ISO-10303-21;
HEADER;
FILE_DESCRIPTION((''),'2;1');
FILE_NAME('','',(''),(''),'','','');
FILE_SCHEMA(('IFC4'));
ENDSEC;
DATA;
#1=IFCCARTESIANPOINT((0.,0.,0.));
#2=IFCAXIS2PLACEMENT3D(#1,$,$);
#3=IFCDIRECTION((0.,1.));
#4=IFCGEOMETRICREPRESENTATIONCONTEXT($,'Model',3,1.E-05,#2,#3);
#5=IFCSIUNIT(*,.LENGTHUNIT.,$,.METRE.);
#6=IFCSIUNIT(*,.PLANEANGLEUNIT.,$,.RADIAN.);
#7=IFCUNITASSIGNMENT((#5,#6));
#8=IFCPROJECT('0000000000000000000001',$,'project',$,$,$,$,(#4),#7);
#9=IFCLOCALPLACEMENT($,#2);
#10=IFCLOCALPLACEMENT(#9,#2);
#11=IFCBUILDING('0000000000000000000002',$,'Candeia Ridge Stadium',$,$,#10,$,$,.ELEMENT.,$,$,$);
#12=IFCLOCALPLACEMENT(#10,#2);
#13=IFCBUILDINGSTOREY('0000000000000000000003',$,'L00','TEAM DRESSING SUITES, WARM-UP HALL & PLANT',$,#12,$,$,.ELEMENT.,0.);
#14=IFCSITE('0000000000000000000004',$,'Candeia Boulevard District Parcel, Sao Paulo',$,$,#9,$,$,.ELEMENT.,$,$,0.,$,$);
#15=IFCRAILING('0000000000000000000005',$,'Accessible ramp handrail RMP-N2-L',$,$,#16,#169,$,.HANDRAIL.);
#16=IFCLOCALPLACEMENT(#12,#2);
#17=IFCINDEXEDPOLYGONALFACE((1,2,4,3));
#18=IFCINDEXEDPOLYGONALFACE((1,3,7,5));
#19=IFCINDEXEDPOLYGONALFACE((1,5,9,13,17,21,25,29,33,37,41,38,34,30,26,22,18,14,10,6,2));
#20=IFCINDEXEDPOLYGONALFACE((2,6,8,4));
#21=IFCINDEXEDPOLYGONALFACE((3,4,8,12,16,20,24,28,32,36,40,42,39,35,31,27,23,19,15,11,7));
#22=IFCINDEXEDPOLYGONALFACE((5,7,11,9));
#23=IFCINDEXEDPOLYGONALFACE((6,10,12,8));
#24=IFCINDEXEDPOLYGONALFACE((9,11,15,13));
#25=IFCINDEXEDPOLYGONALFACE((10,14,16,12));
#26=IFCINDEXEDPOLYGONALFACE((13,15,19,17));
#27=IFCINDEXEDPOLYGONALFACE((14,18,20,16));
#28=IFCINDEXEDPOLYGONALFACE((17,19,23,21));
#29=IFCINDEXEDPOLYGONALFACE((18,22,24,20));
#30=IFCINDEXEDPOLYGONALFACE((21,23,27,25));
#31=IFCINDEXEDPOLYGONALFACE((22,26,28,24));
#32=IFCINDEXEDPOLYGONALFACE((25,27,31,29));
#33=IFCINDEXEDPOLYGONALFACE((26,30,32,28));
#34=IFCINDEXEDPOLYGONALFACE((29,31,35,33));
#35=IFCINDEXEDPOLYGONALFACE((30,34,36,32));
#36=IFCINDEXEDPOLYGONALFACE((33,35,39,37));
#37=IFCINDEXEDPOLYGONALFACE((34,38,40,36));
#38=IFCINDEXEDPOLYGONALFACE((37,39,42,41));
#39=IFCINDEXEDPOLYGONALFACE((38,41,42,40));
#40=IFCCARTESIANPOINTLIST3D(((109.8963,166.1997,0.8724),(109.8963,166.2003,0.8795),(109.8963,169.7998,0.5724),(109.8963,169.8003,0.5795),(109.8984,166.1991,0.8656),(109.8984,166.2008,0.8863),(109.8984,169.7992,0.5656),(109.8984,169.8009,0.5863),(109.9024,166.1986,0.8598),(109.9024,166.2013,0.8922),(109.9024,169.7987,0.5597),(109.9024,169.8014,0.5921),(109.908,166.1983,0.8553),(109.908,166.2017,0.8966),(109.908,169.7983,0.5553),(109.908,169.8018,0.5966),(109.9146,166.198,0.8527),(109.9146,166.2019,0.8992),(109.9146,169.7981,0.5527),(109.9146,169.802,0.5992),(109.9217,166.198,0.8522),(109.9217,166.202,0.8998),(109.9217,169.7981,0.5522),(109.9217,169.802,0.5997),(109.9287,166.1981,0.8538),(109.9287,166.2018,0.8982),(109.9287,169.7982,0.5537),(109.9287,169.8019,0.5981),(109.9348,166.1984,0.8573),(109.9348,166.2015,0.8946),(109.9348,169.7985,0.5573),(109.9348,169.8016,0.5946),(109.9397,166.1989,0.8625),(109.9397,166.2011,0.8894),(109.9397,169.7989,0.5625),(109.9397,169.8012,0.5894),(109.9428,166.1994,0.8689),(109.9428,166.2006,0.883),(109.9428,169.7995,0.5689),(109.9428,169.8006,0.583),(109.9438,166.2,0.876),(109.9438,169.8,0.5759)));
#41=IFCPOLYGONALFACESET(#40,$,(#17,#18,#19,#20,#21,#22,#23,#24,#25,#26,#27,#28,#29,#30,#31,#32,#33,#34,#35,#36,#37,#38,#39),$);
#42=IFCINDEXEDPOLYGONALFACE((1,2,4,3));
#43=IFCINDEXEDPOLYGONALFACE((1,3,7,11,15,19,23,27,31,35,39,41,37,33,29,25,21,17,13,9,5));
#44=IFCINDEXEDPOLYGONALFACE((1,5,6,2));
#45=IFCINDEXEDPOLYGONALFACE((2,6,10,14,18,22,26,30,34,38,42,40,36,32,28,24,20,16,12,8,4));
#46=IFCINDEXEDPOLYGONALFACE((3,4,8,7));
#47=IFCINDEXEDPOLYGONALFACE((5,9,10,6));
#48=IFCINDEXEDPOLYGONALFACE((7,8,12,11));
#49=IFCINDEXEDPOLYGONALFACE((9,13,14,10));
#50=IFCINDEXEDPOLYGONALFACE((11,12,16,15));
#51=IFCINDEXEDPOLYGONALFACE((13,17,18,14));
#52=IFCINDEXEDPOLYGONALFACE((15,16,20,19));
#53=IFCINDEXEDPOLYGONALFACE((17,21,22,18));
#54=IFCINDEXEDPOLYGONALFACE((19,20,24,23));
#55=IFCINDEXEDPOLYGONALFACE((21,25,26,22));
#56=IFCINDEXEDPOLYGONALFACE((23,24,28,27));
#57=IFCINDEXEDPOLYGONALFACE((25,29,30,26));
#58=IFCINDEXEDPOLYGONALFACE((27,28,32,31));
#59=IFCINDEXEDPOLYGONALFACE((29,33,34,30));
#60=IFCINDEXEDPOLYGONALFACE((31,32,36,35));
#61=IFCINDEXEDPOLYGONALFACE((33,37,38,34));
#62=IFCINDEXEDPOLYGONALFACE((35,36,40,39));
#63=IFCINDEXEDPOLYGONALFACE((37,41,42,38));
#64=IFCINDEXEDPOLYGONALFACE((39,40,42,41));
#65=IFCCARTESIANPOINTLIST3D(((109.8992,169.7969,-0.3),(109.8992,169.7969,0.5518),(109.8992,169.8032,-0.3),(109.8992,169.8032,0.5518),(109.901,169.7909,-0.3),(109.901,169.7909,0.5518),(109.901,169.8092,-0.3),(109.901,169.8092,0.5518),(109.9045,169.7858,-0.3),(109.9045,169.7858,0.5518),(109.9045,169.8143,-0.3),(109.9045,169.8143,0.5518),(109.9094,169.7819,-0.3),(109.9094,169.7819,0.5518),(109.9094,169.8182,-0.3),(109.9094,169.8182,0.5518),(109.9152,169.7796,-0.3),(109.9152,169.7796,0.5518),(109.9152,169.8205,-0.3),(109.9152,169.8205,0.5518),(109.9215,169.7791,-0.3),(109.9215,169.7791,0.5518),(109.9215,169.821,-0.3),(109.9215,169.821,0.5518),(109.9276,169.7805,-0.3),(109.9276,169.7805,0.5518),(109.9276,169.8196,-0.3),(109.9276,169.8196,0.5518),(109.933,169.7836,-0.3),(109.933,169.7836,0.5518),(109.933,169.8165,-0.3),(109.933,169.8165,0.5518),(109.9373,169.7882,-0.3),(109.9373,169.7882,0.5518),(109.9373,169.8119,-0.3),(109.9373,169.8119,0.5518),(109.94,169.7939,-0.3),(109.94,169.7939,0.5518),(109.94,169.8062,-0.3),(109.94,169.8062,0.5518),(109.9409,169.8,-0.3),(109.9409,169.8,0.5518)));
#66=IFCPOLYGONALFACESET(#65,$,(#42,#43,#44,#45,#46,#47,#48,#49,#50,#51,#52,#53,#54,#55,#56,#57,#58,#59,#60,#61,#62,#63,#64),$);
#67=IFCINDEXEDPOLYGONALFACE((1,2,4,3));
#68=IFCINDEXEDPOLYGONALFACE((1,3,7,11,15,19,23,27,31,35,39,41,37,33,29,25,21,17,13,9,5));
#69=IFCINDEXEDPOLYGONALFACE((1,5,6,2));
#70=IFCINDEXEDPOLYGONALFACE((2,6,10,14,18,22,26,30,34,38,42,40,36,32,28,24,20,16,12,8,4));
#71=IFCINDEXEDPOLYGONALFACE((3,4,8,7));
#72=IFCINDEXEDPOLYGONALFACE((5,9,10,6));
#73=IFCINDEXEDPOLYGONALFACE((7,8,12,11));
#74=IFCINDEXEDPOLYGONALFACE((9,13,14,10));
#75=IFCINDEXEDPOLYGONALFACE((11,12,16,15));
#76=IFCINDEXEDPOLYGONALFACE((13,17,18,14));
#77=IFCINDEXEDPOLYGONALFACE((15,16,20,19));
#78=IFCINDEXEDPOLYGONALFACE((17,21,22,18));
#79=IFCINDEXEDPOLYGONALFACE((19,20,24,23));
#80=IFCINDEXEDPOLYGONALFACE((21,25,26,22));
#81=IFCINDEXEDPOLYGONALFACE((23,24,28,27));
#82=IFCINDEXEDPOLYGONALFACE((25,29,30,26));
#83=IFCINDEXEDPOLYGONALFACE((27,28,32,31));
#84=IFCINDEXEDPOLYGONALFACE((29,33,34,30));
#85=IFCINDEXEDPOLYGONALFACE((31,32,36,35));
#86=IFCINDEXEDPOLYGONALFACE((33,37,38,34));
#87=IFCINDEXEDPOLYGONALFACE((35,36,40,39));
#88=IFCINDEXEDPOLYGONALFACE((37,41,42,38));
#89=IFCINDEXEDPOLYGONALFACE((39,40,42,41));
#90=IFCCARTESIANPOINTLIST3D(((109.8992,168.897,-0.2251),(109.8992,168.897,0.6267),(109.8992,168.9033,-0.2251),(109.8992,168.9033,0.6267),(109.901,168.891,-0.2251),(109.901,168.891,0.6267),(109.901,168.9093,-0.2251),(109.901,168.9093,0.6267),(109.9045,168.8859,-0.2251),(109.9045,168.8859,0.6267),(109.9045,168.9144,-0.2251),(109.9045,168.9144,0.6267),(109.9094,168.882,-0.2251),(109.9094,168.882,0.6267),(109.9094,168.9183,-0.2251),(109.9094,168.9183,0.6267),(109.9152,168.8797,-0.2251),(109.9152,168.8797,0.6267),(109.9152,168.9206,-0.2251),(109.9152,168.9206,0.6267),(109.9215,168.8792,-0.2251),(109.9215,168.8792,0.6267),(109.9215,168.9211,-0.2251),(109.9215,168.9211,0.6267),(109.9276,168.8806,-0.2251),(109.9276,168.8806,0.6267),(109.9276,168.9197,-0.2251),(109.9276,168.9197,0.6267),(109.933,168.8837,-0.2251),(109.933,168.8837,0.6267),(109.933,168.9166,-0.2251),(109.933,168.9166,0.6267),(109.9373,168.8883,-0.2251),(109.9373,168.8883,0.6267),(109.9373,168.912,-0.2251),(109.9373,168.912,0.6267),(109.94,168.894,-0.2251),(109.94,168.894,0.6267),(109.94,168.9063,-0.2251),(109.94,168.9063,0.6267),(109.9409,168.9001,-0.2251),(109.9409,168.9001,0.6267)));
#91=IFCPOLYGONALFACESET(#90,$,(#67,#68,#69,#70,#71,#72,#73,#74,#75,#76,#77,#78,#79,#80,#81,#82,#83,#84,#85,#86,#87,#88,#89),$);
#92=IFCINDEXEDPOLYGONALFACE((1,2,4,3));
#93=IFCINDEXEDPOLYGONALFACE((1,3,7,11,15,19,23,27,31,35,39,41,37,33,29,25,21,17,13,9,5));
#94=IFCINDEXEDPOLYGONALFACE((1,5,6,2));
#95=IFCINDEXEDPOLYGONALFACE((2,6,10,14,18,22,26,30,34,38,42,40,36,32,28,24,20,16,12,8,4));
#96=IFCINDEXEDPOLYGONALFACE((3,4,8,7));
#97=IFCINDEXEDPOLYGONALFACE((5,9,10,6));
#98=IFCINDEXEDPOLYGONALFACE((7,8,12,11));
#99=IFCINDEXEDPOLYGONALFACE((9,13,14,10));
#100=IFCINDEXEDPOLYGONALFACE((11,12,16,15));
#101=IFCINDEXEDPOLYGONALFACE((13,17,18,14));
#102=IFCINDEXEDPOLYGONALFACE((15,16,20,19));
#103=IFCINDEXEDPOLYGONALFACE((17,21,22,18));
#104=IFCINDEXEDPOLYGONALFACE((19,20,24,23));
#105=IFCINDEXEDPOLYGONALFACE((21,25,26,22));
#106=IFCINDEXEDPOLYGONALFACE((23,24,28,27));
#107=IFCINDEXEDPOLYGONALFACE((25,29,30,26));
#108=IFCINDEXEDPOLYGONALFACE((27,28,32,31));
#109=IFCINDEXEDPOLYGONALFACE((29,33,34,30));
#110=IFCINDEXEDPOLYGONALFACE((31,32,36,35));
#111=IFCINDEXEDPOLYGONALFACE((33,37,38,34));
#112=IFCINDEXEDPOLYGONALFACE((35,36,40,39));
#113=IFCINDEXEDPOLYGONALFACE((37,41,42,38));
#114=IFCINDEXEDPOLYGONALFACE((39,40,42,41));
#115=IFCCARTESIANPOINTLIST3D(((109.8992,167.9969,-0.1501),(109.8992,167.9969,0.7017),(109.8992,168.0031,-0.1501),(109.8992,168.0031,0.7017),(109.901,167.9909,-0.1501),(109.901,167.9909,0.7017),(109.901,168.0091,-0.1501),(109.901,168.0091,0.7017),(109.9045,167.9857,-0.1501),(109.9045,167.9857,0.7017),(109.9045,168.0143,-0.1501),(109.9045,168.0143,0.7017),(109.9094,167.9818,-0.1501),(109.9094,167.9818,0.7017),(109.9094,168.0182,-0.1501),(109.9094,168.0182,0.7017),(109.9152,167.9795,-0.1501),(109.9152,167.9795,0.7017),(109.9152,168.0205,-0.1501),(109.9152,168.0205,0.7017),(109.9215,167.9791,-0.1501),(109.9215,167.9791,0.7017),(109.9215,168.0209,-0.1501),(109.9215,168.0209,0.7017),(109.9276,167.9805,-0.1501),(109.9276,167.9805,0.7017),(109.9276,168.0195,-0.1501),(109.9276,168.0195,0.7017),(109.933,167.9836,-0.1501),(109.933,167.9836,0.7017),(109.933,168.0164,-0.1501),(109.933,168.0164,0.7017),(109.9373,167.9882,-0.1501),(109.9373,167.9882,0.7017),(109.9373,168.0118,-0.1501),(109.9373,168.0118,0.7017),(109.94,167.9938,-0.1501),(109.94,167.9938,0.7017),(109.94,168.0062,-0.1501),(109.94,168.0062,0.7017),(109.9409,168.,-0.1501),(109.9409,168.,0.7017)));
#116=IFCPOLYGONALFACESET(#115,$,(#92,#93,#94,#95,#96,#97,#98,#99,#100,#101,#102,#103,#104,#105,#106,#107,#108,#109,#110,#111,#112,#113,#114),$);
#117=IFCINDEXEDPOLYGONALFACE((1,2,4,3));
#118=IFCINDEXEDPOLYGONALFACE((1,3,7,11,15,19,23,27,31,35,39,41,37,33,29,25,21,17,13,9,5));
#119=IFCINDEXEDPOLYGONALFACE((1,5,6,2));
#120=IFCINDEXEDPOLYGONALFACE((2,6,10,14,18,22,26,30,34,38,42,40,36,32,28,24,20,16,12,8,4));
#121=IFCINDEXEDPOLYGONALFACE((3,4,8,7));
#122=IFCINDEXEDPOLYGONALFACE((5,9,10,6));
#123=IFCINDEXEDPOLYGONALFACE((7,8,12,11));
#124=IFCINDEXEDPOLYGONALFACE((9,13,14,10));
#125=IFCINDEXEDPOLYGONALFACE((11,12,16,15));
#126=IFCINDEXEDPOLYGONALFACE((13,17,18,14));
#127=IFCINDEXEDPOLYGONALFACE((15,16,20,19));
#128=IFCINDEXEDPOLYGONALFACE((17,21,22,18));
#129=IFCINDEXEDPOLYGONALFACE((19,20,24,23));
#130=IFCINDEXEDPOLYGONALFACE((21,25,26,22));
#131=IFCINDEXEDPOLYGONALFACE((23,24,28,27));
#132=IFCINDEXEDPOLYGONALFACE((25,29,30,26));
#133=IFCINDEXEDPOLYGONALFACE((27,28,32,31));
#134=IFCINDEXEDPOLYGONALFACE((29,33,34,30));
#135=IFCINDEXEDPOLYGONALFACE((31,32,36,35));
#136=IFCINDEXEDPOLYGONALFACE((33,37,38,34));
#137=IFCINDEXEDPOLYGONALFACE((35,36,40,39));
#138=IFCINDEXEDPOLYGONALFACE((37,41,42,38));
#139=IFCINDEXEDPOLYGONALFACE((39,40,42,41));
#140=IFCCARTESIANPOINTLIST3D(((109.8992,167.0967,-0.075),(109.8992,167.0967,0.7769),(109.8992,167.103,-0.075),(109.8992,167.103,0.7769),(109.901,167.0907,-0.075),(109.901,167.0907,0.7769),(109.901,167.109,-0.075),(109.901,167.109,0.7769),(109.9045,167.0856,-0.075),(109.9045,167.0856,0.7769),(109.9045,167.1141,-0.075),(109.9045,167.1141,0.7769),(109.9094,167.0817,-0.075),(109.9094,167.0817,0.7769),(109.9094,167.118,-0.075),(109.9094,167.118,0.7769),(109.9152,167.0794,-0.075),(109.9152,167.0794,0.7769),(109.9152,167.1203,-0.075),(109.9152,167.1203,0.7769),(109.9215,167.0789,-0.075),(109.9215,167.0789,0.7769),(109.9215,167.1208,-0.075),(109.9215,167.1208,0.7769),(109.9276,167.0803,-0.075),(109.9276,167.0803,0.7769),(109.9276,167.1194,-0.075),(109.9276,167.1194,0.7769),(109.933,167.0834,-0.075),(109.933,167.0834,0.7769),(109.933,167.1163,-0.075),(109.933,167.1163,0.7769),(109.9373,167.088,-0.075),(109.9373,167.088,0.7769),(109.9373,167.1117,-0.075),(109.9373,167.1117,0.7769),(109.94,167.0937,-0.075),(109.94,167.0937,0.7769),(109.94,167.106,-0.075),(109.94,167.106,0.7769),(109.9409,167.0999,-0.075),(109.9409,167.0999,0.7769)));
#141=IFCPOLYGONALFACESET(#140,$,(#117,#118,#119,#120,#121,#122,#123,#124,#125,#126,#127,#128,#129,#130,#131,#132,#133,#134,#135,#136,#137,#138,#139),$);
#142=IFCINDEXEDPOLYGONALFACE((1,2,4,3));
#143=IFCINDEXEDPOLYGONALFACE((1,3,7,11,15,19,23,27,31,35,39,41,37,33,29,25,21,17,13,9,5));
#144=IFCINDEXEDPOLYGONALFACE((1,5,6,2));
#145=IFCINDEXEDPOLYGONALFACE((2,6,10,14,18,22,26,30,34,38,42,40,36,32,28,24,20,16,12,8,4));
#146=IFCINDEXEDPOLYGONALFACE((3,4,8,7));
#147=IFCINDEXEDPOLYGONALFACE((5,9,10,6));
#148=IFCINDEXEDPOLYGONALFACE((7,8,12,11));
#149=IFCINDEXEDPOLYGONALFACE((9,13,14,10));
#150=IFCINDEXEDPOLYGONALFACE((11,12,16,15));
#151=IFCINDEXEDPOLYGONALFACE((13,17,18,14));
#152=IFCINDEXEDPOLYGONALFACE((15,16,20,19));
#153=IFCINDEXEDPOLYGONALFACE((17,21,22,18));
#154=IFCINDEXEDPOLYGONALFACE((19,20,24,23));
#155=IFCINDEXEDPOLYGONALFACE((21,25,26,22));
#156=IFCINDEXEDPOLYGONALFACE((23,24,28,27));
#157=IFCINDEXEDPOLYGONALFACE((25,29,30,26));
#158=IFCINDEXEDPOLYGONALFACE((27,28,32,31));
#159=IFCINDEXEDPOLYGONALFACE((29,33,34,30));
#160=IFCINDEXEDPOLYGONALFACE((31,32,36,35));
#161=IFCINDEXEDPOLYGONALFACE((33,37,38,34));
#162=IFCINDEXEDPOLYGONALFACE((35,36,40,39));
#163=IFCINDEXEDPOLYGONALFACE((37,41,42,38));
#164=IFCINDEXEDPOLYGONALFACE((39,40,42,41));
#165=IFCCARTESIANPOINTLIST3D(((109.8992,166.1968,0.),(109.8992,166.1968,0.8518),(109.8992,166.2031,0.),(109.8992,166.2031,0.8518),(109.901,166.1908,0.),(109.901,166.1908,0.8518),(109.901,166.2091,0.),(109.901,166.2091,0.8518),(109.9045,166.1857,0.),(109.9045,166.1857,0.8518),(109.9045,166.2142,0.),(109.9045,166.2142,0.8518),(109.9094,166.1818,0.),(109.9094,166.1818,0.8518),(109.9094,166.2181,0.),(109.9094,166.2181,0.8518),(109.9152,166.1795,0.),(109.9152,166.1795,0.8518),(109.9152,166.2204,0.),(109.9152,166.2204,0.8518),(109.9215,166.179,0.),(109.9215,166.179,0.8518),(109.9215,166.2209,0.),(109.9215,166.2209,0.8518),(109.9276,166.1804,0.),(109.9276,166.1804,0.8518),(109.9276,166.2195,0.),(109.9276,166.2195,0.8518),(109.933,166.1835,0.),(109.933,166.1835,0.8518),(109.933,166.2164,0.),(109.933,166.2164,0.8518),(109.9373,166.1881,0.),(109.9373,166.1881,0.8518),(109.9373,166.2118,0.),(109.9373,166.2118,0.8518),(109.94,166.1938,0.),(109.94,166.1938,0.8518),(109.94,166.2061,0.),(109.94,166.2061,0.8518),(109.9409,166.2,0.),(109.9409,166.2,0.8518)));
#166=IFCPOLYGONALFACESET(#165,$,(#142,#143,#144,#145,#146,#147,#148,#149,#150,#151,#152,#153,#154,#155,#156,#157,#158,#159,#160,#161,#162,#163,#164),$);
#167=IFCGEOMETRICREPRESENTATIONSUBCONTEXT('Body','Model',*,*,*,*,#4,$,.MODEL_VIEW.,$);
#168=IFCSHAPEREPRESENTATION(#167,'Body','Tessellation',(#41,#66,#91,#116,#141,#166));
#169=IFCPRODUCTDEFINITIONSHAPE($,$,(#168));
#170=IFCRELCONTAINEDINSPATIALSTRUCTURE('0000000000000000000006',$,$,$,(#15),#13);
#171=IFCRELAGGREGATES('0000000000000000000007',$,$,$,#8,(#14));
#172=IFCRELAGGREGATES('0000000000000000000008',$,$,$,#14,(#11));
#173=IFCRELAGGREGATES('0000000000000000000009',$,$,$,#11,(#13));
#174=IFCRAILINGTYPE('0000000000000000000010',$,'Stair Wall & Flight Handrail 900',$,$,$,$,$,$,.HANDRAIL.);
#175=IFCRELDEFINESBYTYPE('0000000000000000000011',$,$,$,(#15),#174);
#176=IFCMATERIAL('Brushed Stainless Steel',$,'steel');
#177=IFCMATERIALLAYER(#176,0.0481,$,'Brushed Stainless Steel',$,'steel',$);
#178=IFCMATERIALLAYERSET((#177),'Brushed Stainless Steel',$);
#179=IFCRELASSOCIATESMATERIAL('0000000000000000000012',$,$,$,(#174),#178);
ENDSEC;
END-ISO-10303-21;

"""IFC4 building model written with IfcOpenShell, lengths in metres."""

from ifc_helpers import new_model, si_unit, direction, frame, origin, origin_2d, place, context, subcontext, project, spatial, circle, extrude, material, layer, layer_set, type_object, element, save


model = new_model("IFC4")

# Units and contexts
model_context = context("Model", 3, precision=1e-05, world=origin(), true_north=direction((0.0, 1.0)))
body_context = subcontext(model_context, "Body", "Model", "MODEL_VIEW")
ifc_project = project(units=[si_unit("LENGTHUNIT", "METRE"), si_unit("PLANEANGLEUNIT", "RADIAN")], contexts=[model_context])

# Site, building, storey
site_placement = place(None, origin())
site = spatial("IfcSite", under=ifc_project, at=site_placement, Name="Candeia Boulevard District Parcel, Sao Paulo", CompositionType="ELEMENT", RefElevation=0.0)
building_placement = place(site_placement, origin())
building = spatial("IfcBuilding", under=site, at=building_placement, Name="Candeia Ridge Stadium", CompositionType="ELEMENT")
storey_placement = place(building_placement, origin())
storey = spatial("IfcBuildingStorey", under=building, at=storey_placement, Name="L00", Description="TEAM DRESSING SUITES, WARM-UP HALL & PLANT", CompositionType="ELEMENT", Elevation=0.0)

# Railing
ifc_material_1 = material(Name="Brushed Stainless Steel", Category="steel")
ifc_layer_1 = layer(ifc_material_1, 0.0481, Name="Brushed Stainless Steel", Category="steel")
ifc_layer_set_1 = layer_set([ifc_layer_1], Name="Brushed Stainless Steel")
railing_type_1 = type_object("IfcRailingType", Name="Stair Wall & Flight Handrail 900", PredefinedType="HANDRAIL", material=ifc_layer_set_1)
for number, where, name in (
    (1, (109.9199, 169.8, -0.3), "Accessible ramp handrail RMP-N2-L"),
):
    element("IfcRailing", number, at=place(storey_placement, frame(where)), inside=storey, type_object=railing_type_1, Name=name, PredefinedType="HANDRAIL", context=body_context, shape_type="SweptSolid", body=[
        extrude(circle(Radius=0.0239, at=origin_2d()), frame((0.0, 0.0, 0.876), z_axis=(0.0, -0.996545, 0.083057), x_axis=(1.0, 0.0, 0.0)), (0.0, 0.0, 1.0), 3.6125),
        extrude(circle(Radius=0.021, at=origin_2d()), origin(), (0.0, 0.0, 1.0), 0.8518),
        extrude(circle(Radius=0.021, at=origin_2d()), frame((0.0, -0.8999, 0.075)), (0.0, 0.0, 1.0), 0.8518),
        extrude(circle(Radius=0.021, at=origin_2d()), frame((0.0, -1.8, 0.1499)), (0.0, 0.0, 1.0), 0.8518),
        extrude(circle(Radius=0.021, at=origin_2d()), frame((0.0, -2.7002, 0.2251)), (0.0, 0.0, 1.0), 0.8518),
        extrude(circle(Radius=0.021, at=origin_2d()), frame((0.0, -3.6001, 0.3)), (0.0, 0.0, 1.0), 0.8518),
    ])

save(model, "model.ifc")
